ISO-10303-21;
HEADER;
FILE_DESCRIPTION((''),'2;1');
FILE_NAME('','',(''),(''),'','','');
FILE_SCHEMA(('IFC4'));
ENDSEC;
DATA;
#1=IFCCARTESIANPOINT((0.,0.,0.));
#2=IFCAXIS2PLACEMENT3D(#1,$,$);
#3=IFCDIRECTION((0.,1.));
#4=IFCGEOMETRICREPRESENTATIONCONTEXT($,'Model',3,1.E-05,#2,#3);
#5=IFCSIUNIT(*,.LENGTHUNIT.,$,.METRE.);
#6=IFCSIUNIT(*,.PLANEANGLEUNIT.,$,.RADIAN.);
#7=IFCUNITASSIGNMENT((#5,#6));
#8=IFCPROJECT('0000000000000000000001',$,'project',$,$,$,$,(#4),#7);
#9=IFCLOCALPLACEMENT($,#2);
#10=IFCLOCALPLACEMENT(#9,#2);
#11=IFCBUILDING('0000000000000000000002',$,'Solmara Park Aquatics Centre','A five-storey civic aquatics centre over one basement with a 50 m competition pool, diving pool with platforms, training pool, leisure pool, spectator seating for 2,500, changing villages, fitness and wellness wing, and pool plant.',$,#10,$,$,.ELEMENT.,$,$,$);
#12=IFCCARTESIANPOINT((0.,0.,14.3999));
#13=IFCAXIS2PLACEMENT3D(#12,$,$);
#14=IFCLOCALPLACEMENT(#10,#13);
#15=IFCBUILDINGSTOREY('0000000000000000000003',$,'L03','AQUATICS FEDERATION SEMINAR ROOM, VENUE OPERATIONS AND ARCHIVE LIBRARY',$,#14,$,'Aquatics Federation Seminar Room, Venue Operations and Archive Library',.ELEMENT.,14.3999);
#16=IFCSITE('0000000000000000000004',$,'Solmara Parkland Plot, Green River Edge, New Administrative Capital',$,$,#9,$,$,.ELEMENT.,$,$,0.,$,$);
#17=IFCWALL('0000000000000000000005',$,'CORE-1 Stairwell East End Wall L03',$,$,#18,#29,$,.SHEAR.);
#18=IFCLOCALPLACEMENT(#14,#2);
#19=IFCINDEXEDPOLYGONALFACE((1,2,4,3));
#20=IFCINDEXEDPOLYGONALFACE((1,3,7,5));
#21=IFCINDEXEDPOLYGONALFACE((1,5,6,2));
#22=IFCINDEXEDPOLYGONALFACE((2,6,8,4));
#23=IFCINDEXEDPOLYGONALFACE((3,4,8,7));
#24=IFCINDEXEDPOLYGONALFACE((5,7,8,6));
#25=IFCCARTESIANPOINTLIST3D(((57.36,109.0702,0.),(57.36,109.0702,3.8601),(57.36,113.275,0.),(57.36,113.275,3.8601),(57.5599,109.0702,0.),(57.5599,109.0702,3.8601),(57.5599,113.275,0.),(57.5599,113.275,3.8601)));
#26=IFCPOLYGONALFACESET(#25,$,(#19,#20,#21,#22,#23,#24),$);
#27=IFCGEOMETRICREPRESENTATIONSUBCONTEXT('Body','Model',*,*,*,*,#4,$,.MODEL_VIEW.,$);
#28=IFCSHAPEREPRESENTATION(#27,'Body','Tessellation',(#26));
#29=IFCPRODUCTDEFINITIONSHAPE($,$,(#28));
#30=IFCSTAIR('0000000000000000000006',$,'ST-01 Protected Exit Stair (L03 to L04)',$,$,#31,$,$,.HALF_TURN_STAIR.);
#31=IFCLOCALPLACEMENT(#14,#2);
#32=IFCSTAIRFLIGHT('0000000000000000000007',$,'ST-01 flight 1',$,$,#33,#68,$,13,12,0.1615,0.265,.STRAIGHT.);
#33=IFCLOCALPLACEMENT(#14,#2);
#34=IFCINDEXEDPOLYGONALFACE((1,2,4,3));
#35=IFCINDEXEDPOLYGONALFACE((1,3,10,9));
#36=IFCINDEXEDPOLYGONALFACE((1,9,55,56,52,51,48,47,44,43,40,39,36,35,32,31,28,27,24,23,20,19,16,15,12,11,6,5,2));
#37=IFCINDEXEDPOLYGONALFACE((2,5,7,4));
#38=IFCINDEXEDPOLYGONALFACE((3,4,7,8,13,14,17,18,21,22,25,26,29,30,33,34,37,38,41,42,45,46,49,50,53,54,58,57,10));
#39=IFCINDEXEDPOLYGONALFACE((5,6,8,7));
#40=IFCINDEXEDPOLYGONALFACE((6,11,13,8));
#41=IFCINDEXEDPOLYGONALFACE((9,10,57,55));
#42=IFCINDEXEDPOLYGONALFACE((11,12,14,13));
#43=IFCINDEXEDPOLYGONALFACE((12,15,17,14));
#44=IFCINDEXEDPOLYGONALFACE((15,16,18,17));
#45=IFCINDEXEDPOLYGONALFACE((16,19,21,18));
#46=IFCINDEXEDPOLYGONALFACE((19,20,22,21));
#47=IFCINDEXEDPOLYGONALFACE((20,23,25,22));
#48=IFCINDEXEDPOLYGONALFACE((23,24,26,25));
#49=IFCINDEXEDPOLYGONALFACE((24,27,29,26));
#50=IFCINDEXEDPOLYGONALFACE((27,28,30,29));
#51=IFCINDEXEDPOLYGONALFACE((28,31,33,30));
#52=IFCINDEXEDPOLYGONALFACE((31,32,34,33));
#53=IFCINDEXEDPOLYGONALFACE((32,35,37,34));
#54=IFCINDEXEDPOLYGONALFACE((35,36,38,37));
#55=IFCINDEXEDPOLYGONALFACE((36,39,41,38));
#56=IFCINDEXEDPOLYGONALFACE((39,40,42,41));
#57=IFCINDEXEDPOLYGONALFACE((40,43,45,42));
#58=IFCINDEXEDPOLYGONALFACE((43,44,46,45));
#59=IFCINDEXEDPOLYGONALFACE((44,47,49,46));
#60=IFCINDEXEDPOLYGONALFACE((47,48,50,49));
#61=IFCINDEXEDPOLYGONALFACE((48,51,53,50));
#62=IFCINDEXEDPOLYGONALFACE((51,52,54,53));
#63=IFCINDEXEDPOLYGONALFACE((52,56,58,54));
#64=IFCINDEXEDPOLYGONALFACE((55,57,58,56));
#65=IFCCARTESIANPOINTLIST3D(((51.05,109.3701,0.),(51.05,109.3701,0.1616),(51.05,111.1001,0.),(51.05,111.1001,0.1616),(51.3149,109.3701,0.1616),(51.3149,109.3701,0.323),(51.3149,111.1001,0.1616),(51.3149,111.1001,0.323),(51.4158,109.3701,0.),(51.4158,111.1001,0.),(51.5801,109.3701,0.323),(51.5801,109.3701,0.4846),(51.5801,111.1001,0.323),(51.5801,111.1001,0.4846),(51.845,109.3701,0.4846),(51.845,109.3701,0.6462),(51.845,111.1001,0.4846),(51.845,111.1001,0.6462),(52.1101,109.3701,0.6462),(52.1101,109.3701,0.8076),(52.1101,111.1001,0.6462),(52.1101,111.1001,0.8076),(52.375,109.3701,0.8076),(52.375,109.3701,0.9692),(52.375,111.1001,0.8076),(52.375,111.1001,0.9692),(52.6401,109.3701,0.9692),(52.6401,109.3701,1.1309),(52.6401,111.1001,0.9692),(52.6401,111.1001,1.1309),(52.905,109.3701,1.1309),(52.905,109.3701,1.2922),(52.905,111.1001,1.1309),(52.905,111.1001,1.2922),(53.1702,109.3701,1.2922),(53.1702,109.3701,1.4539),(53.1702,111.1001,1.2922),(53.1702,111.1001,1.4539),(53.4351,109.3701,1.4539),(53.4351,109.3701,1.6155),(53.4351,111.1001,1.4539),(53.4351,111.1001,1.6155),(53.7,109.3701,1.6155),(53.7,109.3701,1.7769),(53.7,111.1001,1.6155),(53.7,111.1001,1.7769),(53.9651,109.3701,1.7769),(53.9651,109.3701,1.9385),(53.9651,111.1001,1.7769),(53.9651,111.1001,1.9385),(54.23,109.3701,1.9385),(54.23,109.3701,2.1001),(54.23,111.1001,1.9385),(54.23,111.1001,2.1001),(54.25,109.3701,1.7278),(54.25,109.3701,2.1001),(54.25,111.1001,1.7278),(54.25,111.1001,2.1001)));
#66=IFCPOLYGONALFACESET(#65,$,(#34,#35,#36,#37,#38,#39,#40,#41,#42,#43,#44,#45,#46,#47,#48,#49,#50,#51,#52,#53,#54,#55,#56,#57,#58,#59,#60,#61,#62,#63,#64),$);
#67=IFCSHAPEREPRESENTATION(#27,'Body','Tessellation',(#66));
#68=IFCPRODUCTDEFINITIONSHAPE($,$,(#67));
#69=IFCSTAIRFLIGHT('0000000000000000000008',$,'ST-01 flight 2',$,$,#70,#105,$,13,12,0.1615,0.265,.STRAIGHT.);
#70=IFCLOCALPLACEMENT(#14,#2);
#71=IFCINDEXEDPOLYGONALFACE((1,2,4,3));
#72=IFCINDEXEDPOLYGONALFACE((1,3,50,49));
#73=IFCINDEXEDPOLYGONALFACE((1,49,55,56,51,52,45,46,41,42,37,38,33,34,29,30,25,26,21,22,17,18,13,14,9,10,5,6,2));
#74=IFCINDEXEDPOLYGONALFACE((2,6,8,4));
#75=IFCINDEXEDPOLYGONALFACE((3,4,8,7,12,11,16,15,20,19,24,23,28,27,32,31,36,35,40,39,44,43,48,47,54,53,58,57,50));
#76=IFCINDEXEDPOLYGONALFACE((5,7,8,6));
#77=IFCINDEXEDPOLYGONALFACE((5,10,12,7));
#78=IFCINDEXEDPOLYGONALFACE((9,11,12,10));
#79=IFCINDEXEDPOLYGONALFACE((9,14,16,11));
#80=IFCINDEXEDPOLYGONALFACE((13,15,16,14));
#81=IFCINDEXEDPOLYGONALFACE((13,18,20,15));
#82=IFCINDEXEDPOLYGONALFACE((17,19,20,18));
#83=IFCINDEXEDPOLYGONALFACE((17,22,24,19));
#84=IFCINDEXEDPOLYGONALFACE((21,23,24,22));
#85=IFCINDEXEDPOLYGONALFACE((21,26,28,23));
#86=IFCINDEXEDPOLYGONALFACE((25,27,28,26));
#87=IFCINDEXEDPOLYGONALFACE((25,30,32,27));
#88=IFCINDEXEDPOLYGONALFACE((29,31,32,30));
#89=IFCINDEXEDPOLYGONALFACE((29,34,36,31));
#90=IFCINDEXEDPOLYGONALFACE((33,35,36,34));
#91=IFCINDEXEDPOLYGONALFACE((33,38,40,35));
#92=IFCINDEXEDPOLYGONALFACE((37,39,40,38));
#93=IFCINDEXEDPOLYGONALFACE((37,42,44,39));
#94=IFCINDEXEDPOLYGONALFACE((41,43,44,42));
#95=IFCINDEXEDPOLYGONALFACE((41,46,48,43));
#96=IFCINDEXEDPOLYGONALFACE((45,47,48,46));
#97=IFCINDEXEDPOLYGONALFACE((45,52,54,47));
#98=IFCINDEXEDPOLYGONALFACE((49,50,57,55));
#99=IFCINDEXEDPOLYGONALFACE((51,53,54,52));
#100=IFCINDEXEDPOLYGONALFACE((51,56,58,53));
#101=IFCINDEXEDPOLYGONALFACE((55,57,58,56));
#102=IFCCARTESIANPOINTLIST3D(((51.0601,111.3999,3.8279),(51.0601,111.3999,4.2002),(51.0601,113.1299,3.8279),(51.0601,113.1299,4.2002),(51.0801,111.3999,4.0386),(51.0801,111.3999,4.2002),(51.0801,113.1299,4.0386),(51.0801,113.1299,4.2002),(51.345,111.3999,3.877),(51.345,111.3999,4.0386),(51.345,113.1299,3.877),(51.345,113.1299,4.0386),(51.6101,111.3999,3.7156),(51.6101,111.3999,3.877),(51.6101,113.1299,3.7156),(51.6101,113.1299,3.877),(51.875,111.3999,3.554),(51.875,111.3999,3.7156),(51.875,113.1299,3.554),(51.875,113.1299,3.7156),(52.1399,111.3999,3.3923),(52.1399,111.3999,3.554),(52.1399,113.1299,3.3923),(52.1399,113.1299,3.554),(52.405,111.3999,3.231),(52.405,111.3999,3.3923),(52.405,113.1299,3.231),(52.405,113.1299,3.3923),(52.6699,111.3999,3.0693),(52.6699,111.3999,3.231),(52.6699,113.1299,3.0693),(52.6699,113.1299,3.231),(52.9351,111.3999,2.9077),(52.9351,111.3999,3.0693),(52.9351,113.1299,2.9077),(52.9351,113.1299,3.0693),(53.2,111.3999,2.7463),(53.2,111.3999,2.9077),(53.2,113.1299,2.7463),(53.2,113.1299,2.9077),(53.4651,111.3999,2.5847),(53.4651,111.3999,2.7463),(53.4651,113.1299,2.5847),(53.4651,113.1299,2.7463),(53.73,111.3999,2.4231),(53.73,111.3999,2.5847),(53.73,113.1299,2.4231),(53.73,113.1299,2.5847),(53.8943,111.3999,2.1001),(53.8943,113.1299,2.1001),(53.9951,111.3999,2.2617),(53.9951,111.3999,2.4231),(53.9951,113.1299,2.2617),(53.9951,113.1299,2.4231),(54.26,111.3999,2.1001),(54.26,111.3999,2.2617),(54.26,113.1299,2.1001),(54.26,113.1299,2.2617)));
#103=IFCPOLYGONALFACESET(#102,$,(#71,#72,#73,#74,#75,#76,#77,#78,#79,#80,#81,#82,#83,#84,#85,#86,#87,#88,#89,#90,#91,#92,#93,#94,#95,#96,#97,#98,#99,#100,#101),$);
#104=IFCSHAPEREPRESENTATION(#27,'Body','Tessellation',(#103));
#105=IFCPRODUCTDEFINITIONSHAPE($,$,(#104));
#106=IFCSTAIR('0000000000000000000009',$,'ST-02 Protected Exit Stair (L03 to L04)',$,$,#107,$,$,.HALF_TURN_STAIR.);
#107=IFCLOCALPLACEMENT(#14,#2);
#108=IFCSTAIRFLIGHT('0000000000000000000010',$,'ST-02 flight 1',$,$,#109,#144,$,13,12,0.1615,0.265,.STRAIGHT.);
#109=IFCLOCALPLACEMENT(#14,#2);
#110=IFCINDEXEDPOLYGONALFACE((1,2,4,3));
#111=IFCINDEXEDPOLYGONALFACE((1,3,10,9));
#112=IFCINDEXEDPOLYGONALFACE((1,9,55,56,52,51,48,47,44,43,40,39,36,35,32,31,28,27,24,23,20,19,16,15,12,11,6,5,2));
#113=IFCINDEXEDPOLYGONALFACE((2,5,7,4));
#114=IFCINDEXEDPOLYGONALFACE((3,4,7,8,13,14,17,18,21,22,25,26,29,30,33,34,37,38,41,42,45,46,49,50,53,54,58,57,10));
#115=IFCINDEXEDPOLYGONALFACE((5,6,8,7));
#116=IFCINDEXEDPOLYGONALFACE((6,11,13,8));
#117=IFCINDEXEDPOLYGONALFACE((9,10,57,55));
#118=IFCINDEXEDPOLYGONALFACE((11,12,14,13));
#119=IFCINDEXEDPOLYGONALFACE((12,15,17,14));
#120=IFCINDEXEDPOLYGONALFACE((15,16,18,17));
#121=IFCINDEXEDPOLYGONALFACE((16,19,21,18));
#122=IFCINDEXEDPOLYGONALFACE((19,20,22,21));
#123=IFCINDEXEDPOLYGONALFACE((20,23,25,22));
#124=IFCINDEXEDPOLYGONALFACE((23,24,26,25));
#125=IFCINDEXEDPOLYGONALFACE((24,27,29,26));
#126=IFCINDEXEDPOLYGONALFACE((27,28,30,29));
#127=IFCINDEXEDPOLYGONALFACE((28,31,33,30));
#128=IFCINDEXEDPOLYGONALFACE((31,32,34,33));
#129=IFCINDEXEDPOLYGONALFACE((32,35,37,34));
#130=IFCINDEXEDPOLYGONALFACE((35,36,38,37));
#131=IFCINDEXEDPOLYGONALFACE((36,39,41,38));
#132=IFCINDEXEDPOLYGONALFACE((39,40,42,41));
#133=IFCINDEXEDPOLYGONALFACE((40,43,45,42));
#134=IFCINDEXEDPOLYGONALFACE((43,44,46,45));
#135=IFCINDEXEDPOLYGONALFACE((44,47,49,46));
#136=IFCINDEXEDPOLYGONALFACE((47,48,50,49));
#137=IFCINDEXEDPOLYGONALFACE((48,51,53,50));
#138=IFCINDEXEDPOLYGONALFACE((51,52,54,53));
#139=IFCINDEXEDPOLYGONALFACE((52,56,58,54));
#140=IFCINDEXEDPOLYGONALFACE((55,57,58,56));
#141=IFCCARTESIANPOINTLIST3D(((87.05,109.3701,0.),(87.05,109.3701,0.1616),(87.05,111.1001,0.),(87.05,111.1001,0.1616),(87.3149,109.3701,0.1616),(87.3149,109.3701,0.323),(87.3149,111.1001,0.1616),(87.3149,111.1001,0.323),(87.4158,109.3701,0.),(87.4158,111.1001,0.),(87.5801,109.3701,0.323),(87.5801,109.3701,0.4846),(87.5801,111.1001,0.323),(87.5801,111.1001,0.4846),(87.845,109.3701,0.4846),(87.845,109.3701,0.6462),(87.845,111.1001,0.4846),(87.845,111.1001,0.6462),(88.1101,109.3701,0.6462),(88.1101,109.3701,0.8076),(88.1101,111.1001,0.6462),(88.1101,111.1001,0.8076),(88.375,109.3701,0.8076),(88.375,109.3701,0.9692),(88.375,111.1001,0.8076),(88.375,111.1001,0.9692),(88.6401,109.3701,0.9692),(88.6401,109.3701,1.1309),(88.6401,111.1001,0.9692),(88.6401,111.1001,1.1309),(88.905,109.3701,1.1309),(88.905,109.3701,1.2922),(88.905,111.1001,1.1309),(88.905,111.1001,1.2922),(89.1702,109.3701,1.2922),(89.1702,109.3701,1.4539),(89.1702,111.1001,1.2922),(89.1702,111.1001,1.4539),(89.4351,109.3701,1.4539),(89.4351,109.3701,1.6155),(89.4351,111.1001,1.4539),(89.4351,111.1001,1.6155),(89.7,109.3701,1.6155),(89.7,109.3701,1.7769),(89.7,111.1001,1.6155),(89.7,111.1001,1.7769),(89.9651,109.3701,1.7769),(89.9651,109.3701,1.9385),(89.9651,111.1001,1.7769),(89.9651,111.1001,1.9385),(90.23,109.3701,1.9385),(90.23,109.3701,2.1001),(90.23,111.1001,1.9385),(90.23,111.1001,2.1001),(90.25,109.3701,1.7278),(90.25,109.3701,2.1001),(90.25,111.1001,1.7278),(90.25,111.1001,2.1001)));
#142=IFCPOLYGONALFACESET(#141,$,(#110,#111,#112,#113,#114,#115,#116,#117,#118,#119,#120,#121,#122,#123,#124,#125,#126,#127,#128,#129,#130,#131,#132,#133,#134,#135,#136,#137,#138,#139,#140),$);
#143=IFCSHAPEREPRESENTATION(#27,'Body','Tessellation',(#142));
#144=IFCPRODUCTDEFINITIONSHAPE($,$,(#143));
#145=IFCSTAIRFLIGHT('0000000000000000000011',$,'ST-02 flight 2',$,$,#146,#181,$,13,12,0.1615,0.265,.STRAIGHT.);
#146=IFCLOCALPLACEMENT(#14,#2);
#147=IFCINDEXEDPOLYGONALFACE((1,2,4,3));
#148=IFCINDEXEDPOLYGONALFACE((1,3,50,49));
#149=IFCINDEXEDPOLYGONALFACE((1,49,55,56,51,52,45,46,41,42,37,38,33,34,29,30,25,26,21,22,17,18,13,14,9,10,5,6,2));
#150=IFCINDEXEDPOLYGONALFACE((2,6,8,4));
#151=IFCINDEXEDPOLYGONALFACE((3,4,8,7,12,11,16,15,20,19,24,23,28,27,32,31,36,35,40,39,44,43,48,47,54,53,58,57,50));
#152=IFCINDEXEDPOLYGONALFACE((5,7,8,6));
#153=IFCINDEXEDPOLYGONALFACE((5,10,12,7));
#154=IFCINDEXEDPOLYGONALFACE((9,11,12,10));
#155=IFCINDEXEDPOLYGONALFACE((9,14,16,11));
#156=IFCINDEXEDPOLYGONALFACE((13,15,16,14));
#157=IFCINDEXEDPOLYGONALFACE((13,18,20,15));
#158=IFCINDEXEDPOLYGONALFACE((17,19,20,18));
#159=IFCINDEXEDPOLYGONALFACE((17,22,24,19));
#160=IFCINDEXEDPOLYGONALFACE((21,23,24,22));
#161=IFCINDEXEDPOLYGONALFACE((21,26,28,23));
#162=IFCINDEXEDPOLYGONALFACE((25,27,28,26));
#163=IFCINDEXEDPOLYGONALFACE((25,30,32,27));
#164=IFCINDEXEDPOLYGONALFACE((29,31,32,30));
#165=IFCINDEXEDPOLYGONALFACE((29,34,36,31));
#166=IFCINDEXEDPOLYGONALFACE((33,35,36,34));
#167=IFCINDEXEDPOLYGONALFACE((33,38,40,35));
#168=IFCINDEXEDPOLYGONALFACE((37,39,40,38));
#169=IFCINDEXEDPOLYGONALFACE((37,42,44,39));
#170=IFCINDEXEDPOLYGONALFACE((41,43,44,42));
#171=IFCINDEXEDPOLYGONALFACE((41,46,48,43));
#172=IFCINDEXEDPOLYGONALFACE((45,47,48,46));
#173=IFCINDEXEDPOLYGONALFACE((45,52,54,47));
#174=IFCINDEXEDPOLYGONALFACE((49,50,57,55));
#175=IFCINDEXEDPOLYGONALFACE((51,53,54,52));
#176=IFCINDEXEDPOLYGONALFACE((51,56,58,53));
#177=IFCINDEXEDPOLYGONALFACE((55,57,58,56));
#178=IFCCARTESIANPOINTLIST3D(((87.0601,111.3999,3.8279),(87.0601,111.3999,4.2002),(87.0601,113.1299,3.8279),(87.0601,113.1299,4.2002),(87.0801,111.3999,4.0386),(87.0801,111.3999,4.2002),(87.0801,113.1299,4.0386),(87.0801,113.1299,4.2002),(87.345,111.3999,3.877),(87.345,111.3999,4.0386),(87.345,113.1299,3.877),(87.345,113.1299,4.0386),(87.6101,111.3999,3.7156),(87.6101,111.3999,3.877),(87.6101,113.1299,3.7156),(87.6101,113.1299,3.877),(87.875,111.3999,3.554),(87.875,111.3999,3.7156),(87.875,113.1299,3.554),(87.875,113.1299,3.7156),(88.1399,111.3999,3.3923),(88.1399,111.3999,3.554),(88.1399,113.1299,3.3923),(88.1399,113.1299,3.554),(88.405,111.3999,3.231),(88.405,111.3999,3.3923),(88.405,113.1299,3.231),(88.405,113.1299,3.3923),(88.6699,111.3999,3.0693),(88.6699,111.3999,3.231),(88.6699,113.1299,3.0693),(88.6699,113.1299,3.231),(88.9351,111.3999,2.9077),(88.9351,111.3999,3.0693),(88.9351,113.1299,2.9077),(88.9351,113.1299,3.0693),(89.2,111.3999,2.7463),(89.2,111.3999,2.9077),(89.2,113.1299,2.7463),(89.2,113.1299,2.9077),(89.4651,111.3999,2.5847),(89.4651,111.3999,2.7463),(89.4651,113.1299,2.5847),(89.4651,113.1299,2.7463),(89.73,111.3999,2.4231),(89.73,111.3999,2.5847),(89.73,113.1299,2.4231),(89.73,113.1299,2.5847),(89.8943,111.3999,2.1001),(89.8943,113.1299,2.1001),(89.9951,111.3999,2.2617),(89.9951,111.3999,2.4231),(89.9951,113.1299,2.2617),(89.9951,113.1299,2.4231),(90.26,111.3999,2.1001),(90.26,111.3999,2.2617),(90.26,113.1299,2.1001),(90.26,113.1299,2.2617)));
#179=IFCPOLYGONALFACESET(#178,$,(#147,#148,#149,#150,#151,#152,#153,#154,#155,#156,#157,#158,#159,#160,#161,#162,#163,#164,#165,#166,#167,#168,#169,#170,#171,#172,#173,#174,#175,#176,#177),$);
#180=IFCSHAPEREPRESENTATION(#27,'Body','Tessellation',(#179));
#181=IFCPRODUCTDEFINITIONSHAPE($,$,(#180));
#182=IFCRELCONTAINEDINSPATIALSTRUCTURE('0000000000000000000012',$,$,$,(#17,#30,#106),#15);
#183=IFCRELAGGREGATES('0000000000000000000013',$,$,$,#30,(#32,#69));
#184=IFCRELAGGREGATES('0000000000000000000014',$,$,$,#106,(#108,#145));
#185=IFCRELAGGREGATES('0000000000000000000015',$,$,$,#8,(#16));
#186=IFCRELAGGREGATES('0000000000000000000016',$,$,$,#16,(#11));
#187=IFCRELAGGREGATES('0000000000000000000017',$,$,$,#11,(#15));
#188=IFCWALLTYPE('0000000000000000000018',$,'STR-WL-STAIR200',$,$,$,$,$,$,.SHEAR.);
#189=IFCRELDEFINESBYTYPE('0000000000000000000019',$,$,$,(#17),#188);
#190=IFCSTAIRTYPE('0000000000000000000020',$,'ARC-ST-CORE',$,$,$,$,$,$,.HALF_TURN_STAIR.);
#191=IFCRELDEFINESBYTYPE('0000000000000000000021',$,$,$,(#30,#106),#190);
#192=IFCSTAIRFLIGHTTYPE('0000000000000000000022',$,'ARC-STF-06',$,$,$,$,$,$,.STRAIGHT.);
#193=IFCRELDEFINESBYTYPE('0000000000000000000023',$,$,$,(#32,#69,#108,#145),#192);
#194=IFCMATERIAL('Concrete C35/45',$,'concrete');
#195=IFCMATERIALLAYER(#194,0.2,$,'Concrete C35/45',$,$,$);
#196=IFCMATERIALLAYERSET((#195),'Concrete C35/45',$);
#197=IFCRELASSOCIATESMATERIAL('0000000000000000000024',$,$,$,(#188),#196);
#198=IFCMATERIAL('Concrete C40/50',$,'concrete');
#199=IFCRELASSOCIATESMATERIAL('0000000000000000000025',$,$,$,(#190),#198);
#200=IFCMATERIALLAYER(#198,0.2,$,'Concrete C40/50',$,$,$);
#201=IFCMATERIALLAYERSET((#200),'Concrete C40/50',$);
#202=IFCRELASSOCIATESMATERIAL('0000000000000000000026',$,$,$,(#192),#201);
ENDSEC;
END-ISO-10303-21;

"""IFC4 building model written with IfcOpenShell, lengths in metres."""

from ifc_helpers import new_model, si_unit, direction, frame, frame_2d, origin, place, context, subcontext, project, spatial, polyline, rectangle, outline, extrude, material, layer, layer_set, type_object, element, aggregate, save


model = new_model("IFC4")

# Units and contexts
model_context = context("Model", 3, precision=1e-05, world=origin(), true_north=direction((0.0, 1.0)))
body_context = subcontext(model_context, "Body", "Model", "MODEL_VIEW")
ifc_project = project(units=[si_unit("LENGTHUNIT", "METRE"), si_unit("PLANEANGLEUNIT", "RADIAN")], contexts=[model_context])

# Site, building, storey
site_placement = place(None, origin())
site = spatial("IfcSite", under=ifc_project, at=site_placement, Name="Solmara Parkland Plot, Green River Edge, New Administrative Capital", CompositionType="ELEMENT", RefElevation=0.0)
building_placement = place(site_placement, origin())
building = spatial("IfcBuilding", under=site, at=building_placement, Name="Solmara Park Aquatics Centre", Description="A five-storey civic aquatics centre over one basement with a 50 m competition pool, diving pool with platforms, training pool, leisure pool, spectator seating for 2,500, changing villages, fitness and wellness wing, and pool plant.", CompositionType="ELEMENT")
storey_placement = place(building_placement, frame((0.0, 0.0, 14.3999)))
storey = spatial("IfcBuildingStorey", under=building, at=storey_placement, Name="L03", Description="AQUATICS FEDERATION SEMINAR ROOM, VENUE OPERATIONS AND ARCHIVE LIBRARY", LongName="Aquatics Federation Seminar Room, Venue Operations and Archive Library", CompositionType="ELEMENT", Elevation=14.3999)

# Wall
ifc_material_1 = material(Name="Concrete C35/45", Category="concrete")
ifc_layer_1 = layer(ifc_material_1, 0.2, Name="Concrete C35/45")
ifc_layer_set_1 = layer_set([ifc_layer_1], Name="Concrete C35/45")
wall_type = type_object("IfcWallType", Name="STR-WL-STAIR200", PredefinedType="SHEAR", material=ifc_layer_set_1)
wall_placement = place(storey_placement, frame((57.46, 109.0701, 0.0), z_axis=(0.0, 0.0, 1.0), x_axis=(0.0, 1.0, 0.0)))
element("IfcWall", 1, at=wall_placement, inside=storey, type_object=wall_type, Name="CORE-1 Stairwell East End Wall L03", PredefinedType="SHEAR", context=body_context, shape_type="SweptSolid", body=[
    extrude(rectangle(XDim=4.2048, YDim=0.2, at=frame_2d((2.1025, 0.0))), origin(), (0.0, 0.0, 1.0), 3.8601),
])

# Stairs, stair flights
ifc_material_2 = material(Name="Concrete C40/50", Category="concrete")
stair_type = type_object("IfcStairType", Name="ARC-ST-CORE", PredefinedType="HALF_TURN_STAIR", material=ifc_material_2)
stair_1_placement = place(storey_placement, origin())
stair_1 = element("IfcStair", 2, at=stair_1_placement, inside=storey, type_object=stair_type, Name="ST-01 Protected Exit Stair (L03 to L04)", PredefinedType="HALF_TURN_STAIR")
ifc_layer_2 = layer(ifc_material_2, 0.2, Name="Concrete C40/50")
ifc_layer_set_2 = layer_set([ifc_layer_2], Name="Concrete C40/50")
stair_flight_type = type_object("IfcStairFlightType", Name="ARC-STF-06", PredefinedType="STRAIGHT", material=ifc_layer_set_2)
stair_flight_1_placement = place(storey_placement, frame((51.05, 110.2351, 0.0), z_axis=(0.0, 0.0, 1.0), x_axis=(1.0, 0.0, 0.0)))
stair_flight_1 = element("IfcStairFlight", 3, at=stair_flight_1_placement, type_object=stair_flight_type, Name="ST-01 flight 1", NumberOfRisers=13, NumberOfTreads=12, PredefinedType="STRAIGHT", RiserHeight=0.1615, TreadLength=0.265, context=body_context, shape_type="SweptSolid", body=[
    extrude(outline(polyline([(0.0, 0.0), (0.0, 0.1616), (0.2649, 0.1616), (0.2649, 0.323), (0.53, 0.323), (0.53, 0.4846), (0.7949, 0.4846), (0.7949, 0.6462), (1.0601, 0.6462), (1.0601, 0.8076), (1.325, 0.8076), (1.325, 0.9692), (1.5901, 0.9692), (1.5901, 1.1309), (1.855, 1.1309), (1.855, 1.2922), (2.1201, 1.2922), (2.1201, 1.4539), (2.385, 1.4539), (2.385, 1.6155), (2.6499, 1.6155), (2.6499, 1.7769), (2.915, 1.7769), (2.915, 1.9385), (3.1799, 1.9385), (3.1799, 2.1001), (3.2, 2.1001), (3.2, 1.7278), (0.3657, 0.0), (0.0, 0.0)])), frame((0.0, 0.865, 0.0), z_axis=(0.0, -1.0, 0.0), x_axis=(1.0, 0.0, 0.0)), (0.0, 0.0, 1.0), 1.73),
])
stair_flight_2_placement = place(storey_placement, frame((54.26, 112.2649, 2.1001), z_axis=(0.0, 0.0, 1.0), x_axis=(-1.0, 0.0, 0.0)))
stair_flight_2 = element("IfcStairFlight", 4, at=stair_flight_2_placement, type_object=stair_flight_type, Name="ST-01 flight 2", NumberOfRisers=13, NumberOfTreads=12, PredefinedType="STRAIGHT", RiserHeight=0.1615, TreadLength=0.265, context=body_context, shape_type="SweptSolid", body=[
    extrude(outline(polyline([(0.0, 0.0), (0.0, 0.1616), (0.2649, 0.1616), (0.2649, 0.323), (0.53, 0.323), (0.53, 0.4846), (0.7949, 0.4846), (0.7949, 0.6462), (1.0601, 0.6462), (1.0601, 0.8076), (1.325, 0.8076), (1.325, 0.9692), (1.5901, 0.9692), (1.5901, 1.1309), (1.855, 1.1309), (1.855, 1.2922), (2.1201, 1.2922), (2.1201, 1.4539), (2.385, 1.4539), (2.385, 1.6155), (2.6499, 1.6155), (2.6499, 1.7769), (2.915, 1.7769), (2.915, 1.9385), (3.1799, 1.9385), (3.1799, 2.1001), (3.2, 2.1001), (3.2, 1.7278), (0.3657, 0.0), (0.0, 0.0)])), frame((0.0, 0.865, 0.0), z_axis=(0.0, -1.0, 0.0), x_axis=(1.0, 0.0, 0.0)), (0.0, 0.0, 1.0), 1.73),
])
aggregate(stair_1, [stair_flight_1, stair_flight_2])
stair_2_placement = place(storey_placement, origin())
stair_2 = element("IfcStair", 5, at=stair_2_placement, inside=storey, type_object=stair_type, Name="ST-02 Protected Exit Stair (L03 to L04)", PredefinedType="HALF_TURN_STAIR")
stair_flight_3_placement = place(storey_placement, frame((87.05, 110.2351, 0.0), z_axis=(0.0, 0.0, 1.0), x_axis=(1.0, 0.0, 0.0)))
stair_flight_3 = element("IfcStairFlight", 6, at=stair_flight_3_placement, type_object=stair_flight_type, Name="ST-02 flight 1", NumberOfRisers=13, NumberOfTreads=12, PredefinedType="STRAIGHT", RiserHeight=0.1615, TreadLength=0.265, context=body_context, shape_type="SweptSolid", body=[
    extrude(outline(polyline([(0.0, 0.0), (0.0, 0.1616), (0.2649, 0.1616), (0.2649, 0.323), (0.53, 0.323), (0.53, 0.4846), (0.7949, 0.4846), (0.7949, 0.6462), (1.0601, 0.6462), (1.0601, 0.8076), (1.325, 0.8076), (1.325, 0.9692), (1.5901, 0.9692), (1.5901, 1.1309), (1.855, 1.1309), (1.855, 1.2922), (2.1201, 1.2922), (2.1201, 1.4539), (2.385, 1.4539), (2.385, 1.6155), (2.6499, 1.6155), (2.6499, 1.7769), (2.915, 1.7769), (2.915, 1.9385), (3.1799, 1.9385), (3.1799, 2.1001), (3.2, 2.1001), (3.2, 1.7278), (0.3657, 0.0), (0.0, 0.0)])), frame((0.0, 0.865, 0.0), z_axis=(0.0, -1.0, 0.0), x_axis=(1.0, 0.0, 0.0)), (0.0, 0.0, 1.0), 1.73),
])
stair_flight_4_placement = place(storey_placement, frame((90.26, 112.2649, 2.1001), z_axis=(0.0, 0.0, 1.0), x_axis=(-1.0, 0.0, 0.0)))
stair_flight_4 = element("IfcStairFlight", 7, at=stair_flight_4_placement, type_object=stair_flight_type, Name="ST-02 flight 2", NumberOfRisers=13, NumberOfTreads=12, PredefinedType="STRAIGHT", RiserHeight=0.1615, TreadLength=0.265, context=body_context, shape_type="SweptSolid", body=[
    extrude(outline(polyline([(0.0, 0.0), (0.0, 0.1616), (0.2649, 0.1616), (0.2649, 0.323), (0.53, 0.323), (0.53, 0.4846), (0.7949, 0.4846), (0.7949, 0.6462), (1.0601, 0.6462), (1.0601, 0.8076), (1.325, 0.8076), (1.325, 0.9692), (1.5901, 0.9692), (1.5901, 1.1309), (1.855, 1.1309), (1.855, 1.2922), (2.1201, 1.2922), (2.1201, 1.4539), (2.385, 1.4539), (2.385, 1.6155), (2.6499, 1.6155), (2.6499, 1.7769), (2.915, 1.7769), (2.915, 1.9385), (3.1799, 1.9385), (3.1799, 2.1001), (3.2, 2.1001), (3.2, 1.7278), (0.3657, 0.0), (0.0, 0.0)])), frame((0.0, 0.865, 0.0), z_axis=(0.0, -1.0, 0.0), x_axis=(1.0, 0.0, 0.0)), (0.0, 0.0, 1.0), 1.73),
])
aggregate(stair_2, [stair_flight_3, stair_flight_4])

save(model, "model.ifc")
